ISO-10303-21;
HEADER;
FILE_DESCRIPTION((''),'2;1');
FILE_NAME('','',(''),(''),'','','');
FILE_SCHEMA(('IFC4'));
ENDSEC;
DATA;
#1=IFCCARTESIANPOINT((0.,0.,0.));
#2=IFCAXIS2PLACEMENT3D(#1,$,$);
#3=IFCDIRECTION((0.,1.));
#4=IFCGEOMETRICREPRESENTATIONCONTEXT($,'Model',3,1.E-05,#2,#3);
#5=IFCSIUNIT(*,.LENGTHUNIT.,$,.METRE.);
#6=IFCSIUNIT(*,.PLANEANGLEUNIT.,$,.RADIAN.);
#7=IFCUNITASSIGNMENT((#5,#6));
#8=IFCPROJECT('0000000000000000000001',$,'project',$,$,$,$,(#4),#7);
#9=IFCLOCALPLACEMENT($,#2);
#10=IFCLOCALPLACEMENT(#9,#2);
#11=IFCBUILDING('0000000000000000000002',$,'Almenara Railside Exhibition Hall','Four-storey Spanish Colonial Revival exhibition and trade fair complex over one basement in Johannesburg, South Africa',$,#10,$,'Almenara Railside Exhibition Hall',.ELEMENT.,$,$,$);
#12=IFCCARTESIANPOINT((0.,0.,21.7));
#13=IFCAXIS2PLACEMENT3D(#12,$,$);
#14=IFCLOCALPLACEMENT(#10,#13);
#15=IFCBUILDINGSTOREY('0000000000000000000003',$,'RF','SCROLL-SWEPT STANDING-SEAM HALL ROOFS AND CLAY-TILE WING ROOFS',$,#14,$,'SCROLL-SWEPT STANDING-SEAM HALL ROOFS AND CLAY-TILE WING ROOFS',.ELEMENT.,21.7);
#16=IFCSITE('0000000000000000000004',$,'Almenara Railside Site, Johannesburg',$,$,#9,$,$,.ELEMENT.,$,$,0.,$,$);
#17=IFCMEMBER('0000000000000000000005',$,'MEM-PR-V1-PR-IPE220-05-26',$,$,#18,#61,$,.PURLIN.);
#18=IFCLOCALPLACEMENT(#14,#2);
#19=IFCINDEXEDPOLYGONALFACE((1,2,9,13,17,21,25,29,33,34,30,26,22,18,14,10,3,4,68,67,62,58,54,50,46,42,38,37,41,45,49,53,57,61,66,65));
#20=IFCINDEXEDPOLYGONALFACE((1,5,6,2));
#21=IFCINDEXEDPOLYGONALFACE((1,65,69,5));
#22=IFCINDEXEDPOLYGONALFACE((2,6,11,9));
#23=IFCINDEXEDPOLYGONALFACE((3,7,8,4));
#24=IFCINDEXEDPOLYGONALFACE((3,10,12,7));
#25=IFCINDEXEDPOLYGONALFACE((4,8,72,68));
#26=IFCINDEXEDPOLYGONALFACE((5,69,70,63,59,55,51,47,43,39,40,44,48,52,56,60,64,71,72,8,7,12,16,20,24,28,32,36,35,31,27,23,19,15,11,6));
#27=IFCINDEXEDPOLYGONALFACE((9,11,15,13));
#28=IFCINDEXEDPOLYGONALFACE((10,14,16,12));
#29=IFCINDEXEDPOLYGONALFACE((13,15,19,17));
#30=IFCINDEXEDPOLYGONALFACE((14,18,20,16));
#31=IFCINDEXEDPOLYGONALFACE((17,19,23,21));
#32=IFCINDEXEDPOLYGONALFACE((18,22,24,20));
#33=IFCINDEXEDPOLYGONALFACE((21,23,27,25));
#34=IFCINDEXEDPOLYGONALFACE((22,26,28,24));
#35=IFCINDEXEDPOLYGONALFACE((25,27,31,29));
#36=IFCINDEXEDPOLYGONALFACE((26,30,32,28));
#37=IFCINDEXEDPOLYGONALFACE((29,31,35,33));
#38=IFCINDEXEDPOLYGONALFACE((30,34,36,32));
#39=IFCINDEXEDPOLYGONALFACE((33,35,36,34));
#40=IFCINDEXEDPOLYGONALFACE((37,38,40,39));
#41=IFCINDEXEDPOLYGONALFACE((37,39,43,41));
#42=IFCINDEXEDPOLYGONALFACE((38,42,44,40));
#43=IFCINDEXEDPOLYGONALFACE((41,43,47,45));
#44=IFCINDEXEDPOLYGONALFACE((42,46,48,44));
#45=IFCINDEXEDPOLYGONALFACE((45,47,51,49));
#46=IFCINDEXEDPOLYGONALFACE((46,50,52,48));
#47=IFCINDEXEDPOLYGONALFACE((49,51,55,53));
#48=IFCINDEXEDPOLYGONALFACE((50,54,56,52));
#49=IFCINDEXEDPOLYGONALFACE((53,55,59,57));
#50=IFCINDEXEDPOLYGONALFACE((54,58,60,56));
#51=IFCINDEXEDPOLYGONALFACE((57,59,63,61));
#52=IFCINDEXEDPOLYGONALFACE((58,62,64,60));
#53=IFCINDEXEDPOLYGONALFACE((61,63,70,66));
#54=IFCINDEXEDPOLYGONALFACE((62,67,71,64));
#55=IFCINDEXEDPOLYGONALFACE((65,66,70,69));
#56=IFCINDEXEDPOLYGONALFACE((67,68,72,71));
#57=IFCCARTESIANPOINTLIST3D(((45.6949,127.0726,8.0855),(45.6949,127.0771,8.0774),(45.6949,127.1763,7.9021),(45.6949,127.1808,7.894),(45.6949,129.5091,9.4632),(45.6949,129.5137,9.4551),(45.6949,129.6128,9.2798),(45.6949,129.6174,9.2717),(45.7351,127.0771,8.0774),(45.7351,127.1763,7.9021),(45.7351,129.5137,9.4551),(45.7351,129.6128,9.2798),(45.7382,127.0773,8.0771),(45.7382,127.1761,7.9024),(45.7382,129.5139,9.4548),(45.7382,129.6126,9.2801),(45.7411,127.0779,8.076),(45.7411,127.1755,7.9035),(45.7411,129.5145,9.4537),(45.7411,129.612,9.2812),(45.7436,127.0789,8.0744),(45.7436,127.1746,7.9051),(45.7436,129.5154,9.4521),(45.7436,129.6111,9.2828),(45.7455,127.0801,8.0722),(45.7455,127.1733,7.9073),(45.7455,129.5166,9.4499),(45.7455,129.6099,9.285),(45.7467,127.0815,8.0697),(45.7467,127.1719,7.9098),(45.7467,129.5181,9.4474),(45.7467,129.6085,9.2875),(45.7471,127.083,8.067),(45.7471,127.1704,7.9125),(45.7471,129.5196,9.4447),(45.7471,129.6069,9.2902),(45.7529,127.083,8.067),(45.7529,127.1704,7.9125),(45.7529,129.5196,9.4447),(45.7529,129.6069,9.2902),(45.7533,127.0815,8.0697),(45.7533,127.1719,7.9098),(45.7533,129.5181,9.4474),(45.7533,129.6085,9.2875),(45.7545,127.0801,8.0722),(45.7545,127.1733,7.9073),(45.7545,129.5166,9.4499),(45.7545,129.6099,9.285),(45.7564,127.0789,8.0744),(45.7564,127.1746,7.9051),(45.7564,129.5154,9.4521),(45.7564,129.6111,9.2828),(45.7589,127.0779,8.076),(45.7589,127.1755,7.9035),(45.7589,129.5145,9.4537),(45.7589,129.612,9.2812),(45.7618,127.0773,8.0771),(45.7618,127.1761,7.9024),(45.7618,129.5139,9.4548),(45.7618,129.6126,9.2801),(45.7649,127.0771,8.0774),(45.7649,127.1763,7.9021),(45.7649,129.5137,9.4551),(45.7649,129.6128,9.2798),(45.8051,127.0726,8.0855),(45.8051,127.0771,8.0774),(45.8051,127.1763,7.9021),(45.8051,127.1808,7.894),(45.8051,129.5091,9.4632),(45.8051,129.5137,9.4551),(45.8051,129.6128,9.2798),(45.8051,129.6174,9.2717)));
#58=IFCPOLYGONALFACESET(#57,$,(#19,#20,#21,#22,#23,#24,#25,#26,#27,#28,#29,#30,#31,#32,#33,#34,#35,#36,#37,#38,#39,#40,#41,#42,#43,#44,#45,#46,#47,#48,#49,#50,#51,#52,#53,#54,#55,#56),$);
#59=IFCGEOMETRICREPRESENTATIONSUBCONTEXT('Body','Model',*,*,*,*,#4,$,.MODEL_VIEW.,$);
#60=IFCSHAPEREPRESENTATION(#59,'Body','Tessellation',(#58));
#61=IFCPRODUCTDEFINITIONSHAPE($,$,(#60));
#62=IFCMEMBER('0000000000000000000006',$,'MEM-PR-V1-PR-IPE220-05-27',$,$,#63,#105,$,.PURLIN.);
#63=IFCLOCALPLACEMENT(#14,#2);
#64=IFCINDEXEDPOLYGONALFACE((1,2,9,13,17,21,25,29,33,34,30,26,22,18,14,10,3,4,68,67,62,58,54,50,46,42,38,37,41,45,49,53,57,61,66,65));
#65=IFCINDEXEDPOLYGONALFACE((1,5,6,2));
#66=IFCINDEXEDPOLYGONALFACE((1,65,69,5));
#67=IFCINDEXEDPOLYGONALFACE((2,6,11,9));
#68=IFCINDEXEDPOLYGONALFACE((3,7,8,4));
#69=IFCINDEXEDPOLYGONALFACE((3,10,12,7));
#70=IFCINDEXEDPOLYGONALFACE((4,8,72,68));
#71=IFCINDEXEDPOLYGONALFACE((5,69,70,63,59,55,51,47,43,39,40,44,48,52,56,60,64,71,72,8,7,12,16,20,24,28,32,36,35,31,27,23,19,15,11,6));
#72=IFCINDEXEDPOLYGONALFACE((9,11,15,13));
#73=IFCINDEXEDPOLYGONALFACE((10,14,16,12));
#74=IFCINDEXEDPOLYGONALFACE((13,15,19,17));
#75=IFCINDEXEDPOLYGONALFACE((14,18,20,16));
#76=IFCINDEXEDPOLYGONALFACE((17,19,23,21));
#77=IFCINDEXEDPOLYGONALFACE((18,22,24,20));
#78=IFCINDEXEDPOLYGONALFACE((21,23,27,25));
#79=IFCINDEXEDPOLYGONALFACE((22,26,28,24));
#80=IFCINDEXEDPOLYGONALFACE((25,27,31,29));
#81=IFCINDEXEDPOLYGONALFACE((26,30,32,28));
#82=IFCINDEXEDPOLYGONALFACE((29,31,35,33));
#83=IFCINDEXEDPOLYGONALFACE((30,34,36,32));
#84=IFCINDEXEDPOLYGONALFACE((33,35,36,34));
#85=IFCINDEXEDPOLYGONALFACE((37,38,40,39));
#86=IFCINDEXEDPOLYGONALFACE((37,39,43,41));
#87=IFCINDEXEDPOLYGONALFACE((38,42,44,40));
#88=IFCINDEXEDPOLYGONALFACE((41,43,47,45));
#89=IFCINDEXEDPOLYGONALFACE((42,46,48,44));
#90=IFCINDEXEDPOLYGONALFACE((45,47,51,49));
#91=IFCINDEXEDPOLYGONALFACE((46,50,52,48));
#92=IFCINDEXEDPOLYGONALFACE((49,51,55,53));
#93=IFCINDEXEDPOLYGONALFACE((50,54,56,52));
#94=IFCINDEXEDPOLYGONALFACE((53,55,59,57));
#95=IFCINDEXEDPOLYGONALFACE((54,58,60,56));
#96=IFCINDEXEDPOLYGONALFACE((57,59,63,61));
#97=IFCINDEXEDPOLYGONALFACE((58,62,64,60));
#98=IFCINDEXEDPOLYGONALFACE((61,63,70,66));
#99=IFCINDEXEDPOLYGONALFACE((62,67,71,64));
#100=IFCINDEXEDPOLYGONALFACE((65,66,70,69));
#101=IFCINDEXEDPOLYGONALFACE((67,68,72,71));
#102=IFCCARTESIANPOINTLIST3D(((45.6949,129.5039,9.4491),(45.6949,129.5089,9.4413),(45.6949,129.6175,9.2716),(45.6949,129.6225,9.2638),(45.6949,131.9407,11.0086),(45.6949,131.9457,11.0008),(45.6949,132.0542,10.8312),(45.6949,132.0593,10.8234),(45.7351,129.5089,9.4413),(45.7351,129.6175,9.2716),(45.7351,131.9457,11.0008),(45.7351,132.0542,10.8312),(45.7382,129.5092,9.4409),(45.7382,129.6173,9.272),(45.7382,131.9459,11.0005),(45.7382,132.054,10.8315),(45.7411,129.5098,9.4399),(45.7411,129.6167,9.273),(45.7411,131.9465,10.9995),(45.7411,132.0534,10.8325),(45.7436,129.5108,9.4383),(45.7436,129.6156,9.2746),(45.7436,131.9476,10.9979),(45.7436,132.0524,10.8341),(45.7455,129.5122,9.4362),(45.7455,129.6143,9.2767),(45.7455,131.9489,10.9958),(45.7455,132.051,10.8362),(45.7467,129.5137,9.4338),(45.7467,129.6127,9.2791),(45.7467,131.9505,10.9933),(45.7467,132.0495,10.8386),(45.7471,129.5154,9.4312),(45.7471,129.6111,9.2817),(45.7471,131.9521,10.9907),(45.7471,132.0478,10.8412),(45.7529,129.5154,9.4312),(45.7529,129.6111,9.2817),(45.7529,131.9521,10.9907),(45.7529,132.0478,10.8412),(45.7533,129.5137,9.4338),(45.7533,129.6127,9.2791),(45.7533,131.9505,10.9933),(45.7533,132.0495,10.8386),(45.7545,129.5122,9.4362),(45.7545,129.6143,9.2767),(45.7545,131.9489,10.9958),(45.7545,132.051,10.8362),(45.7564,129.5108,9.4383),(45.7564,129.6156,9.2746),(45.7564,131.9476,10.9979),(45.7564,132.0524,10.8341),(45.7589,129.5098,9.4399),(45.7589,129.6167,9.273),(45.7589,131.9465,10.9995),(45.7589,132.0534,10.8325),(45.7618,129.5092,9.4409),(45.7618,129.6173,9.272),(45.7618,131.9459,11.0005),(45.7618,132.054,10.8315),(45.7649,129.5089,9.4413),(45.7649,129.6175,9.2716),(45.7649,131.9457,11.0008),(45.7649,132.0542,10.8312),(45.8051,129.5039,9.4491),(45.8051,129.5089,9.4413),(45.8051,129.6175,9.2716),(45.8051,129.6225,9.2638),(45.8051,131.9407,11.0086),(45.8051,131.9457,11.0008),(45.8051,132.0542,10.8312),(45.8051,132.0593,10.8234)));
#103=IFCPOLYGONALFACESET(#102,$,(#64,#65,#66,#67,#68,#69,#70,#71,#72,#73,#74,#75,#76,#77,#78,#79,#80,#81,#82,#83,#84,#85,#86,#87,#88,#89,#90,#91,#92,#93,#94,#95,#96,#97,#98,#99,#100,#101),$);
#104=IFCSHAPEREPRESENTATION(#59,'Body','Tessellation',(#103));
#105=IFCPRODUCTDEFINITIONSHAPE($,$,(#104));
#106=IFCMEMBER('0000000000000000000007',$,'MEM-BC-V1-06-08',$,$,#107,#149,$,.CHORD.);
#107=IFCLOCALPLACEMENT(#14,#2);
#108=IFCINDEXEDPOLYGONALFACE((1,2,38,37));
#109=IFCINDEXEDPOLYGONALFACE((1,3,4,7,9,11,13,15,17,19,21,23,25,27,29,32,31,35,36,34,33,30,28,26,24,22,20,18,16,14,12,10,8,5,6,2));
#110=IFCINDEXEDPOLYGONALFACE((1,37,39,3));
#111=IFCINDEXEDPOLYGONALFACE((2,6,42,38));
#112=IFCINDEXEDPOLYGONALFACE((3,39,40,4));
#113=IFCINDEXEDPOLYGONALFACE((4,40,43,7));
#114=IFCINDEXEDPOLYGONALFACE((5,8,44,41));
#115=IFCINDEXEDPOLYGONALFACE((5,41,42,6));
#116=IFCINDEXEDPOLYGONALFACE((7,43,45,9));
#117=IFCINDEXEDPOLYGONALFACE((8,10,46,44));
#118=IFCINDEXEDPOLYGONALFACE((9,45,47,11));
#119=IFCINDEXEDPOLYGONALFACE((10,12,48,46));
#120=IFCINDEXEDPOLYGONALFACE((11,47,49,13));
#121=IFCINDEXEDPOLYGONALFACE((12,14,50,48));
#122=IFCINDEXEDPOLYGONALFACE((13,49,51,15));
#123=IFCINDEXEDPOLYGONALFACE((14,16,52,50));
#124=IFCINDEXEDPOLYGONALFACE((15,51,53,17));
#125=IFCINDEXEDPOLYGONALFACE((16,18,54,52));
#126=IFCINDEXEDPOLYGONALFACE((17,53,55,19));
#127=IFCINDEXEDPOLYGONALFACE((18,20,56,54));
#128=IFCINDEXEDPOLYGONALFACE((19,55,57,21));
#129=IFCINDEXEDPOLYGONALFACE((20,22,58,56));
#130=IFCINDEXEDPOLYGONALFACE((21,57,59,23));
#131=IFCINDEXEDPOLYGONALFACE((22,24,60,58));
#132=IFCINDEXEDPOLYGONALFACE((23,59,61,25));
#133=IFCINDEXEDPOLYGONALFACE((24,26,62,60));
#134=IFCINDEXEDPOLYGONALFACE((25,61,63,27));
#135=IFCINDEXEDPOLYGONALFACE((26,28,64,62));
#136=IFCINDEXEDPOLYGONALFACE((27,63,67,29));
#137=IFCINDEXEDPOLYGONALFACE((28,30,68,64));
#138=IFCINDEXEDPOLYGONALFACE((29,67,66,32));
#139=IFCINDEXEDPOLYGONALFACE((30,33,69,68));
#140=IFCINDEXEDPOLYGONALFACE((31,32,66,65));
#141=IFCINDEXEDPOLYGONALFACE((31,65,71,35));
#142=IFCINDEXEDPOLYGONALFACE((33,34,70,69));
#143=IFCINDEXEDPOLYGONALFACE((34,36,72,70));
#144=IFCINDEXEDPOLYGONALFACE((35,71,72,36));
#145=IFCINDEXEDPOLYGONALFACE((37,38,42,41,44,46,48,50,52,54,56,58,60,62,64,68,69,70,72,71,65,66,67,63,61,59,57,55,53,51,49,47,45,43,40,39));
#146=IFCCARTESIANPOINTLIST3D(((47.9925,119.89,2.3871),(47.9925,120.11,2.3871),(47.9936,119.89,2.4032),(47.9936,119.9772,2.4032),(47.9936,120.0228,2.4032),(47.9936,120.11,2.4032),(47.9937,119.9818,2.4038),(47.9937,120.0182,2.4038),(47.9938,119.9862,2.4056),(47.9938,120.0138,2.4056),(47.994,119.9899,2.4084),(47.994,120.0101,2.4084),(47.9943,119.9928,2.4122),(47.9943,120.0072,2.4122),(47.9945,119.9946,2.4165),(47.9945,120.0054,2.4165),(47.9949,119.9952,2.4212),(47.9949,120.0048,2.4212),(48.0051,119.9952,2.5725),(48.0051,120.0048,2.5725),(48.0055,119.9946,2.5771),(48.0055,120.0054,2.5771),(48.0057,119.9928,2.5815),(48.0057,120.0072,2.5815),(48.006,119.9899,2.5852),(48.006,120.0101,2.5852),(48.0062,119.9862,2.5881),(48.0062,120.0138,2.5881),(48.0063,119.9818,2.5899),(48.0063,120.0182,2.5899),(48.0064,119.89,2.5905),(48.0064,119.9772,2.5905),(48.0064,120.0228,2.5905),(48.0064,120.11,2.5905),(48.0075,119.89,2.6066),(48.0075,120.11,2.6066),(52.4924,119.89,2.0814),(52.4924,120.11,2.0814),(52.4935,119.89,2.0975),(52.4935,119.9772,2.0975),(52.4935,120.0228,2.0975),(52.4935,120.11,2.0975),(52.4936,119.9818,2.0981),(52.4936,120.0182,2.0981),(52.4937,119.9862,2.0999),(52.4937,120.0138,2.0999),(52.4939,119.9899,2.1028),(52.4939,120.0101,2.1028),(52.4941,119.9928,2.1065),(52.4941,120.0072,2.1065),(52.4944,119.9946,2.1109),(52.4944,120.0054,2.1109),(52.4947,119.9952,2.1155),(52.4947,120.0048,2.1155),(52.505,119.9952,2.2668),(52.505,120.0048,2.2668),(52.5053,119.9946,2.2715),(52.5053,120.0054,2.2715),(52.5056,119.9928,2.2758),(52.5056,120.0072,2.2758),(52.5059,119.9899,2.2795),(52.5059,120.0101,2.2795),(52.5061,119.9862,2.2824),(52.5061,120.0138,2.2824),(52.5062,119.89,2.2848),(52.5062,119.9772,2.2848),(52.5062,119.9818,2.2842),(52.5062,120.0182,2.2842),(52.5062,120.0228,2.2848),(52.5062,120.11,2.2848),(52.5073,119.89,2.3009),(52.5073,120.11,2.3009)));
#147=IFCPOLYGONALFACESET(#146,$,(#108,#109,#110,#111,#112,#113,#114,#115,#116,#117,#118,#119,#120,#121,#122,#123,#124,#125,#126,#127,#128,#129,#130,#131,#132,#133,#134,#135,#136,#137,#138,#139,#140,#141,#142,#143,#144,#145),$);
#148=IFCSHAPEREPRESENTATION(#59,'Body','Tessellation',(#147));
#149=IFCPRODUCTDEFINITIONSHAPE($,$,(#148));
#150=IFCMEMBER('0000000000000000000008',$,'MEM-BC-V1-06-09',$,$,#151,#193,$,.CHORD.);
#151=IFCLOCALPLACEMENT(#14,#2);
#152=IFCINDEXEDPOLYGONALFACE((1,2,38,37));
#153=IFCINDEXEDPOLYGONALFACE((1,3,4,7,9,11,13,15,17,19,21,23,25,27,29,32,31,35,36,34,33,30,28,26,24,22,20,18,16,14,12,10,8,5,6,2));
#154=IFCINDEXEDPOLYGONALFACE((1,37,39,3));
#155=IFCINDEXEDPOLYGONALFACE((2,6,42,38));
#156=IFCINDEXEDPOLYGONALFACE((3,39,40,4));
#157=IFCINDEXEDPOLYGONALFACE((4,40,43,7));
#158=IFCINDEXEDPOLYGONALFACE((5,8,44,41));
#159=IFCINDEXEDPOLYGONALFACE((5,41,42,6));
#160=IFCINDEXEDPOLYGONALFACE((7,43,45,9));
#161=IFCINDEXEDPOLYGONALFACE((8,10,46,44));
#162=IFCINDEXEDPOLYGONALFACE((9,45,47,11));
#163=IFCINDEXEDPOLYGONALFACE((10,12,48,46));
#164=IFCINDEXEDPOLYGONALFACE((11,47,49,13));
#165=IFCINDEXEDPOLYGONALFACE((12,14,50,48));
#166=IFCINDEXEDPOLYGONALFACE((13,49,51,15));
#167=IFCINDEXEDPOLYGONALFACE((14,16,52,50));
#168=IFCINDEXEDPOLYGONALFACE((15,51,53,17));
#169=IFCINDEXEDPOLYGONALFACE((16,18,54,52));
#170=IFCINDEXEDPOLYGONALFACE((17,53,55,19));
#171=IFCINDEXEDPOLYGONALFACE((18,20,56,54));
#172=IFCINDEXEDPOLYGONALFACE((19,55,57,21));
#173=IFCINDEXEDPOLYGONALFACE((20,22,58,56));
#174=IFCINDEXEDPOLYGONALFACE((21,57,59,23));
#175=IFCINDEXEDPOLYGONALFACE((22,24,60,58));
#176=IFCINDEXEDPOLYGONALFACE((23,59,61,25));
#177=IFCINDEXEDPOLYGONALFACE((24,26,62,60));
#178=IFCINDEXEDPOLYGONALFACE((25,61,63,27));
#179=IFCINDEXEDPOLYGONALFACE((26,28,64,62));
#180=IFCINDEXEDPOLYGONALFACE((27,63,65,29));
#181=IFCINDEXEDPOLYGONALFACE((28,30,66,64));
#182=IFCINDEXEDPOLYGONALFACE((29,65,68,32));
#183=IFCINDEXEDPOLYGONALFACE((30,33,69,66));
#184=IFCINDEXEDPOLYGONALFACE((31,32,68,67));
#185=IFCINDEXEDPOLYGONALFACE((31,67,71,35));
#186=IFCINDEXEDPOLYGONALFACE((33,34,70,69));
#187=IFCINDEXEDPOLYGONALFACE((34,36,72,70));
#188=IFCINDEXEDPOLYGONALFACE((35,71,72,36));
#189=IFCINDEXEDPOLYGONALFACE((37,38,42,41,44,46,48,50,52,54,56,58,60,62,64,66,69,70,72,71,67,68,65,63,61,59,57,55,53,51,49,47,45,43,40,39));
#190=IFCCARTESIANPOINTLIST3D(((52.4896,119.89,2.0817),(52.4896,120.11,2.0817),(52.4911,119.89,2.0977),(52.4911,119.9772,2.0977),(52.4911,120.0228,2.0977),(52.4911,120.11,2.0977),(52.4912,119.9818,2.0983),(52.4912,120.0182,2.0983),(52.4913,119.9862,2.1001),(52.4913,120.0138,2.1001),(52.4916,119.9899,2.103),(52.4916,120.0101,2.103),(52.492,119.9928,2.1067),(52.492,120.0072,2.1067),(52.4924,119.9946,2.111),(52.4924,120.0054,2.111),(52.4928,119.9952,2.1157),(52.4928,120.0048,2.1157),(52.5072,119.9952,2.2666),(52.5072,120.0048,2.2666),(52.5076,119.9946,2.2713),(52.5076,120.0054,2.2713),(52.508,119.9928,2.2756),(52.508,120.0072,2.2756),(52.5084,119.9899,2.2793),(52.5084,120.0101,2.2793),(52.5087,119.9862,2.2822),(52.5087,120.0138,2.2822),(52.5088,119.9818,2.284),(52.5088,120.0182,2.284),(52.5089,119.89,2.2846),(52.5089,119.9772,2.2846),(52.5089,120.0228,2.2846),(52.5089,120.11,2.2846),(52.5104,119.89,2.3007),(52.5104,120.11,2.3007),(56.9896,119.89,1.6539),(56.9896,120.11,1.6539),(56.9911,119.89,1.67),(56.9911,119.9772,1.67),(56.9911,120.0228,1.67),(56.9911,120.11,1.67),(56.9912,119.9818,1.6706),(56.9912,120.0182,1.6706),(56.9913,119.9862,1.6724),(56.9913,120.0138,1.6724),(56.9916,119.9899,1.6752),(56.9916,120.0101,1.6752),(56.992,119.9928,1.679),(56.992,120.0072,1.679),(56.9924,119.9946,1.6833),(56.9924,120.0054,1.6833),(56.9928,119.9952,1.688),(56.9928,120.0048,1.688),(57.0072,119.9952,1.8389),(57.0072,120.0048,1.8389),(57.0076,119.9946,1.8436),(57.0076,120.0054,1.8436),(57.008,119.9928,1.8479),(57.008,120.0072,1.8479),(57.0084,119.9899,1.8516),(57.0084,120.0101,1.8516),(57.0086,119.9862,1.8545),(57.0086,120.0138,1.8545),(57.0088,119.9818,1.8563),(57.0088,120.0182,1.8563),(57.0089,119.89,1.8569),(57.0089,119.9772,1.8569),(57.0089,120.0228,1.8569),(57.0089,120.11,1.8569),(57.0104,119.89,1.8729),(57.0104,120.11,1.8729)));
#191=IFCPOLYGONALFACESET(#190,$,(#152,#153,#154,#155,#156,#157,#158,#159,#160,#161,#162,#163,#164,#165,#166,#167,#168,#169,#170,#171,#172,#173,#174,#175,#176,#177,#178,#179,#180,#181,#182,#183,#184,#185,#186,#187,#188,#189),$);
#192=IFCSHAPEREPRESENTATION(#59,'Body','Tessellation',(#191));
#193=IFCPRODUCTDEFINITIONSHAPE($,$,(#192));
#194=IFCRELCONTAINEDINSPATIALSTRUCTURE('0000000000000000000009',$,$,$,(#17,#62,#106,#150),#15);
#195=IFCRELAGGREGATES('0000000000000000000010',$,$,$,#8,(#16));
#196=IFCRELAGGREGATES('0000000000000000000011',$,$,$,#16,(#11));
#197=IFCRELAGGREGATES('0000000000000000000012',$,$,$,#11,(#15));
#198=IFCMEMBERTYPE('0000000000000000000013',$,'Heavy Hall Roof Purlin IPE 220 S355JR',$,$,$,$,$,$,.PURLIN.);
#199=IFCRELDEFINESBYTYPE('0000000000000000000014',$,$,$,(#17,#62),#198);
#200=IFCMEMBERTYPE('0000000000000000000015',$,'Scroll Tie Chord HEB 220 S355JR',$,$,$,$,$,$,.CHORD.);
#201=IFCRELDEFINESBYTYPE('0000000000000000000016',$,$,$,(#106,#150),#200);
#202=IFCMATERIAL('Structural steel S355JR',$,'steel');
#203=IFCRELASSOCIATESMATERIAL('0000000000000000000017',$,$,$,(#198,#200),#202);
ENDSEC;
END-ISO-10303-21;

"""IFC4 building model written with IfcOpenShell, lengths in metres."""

from ifc_helpers import new_model, si_unit, direction, frame, origin, origin_2d, place, context, subcontext, project, spatial, i_section, extrude, material, material_profile, profile_set, type_object, element, save


model = new_model("IFC4")

# Units and contexts
model_context = context("Model", 3, precision=1e-05, world=origin(), true_north=direction((0.0, 1.0)))
body_context = subcontext(model_context, "Body", "Model", "MODEL_VIEW")
ifc_project = project(units=[si_unit("LENGTHUNIT", "METRE"), si_unit("PLANEANGLEUNIT", "RADIAN")], contexts=[model_context])

# Site, building, storey
site_placement = place(None, origin())
site = spatial("IfcSite", under=ifc_project, at=site_placement, Name="Almenara Railside Site, Johannesburg", CompositionType="ELEMENT", RefElevation=0.0)
building_placement = place(site_placement, origin())
building = spatial("IfcBuilding", under=site, at=building_placement, Name="Almenara Railside Exhibition Hall", Description="Four-storey Spanish Colonial Revival exhibition and trade fair complex over one basement in Johannesburg, South Africa", LongName="Almenara Railside Exhibition Hall", CompositionType="ELEMENT")
storey_placement = place(building_placement, frame((0.0, 0.0, 21.7)))
storey = spatial("IfcBuildingStorey", under=building, at=storey_placement, Name="RF", Description="SCROLL-SWEPT STANDING-SEAM HALL ROOFS AND CLAY-TILE WING ROOFS", LongName="SCROLL-SWEPT STANDING-SEAM HALL ROOFS AND CLAY-TILE WING ROOFS", CompositionType="ELEMENT", Elevation=21.7)

# Shared definitions
ifc_material_1 = material(Name="Structural steel S355JR", Category="steel")

# Members
ifc_material_profile_1 = material_profile(ifc_material_1, i_section(OverallWidth=0.1101, OverallDepth=0.22, WebThickness=0.0059, FlangeThickness=0.0093, FilletRadius=0.012, at=origin_2d()), Name="IPE 220")
ifc_profile_set_1 = profile_set([ifc_material_profile_1], Name="Structural steel S355JR")
member_type_1 = type_object("IfcMemberType", Name="Heavy Hall Roof Purlin IPE 220 S355JR", PredefinedType="PURLIN", material=ifc_profile_set_1)
member_1_placement = place(storey_placement, frame((45.75, 127.1267, 7.9897), z_axis=(0.0, 0.870483, 0.492198), x_axis=(-1.0, 0.0, 0.0)))
element("IfcMember", 1, at=member_1_placement, inside=storey, type_object=member_type_1, Name="MEM-PR-V1-PR-IPE220-05-26", PredefinedType="PURLIN", context=body_context, shape_type="SweptSolid", body=[
    extrude(i_section(OverallWidth=0.1101, OverallDepth=0.22, WebThickness=0.0059, FlangeThickness=0.0093, FilletRadius=0.012, at=origin_2d()), origin(), (0.0, 0.0, 1.0), 2.7991),
])
member_2_placement = place(storey_placement, frame((45.75, 129.5632, 9.3564), z_axis=(0.0, 0.842265, 0.539063), x_axis=(-1.0, 0.0, 0.0)))
element("IfcMember", 2, at=member_2_placement, inside=storey, type_object=member_type_1, Name="MEM-PR-V1-PR-IPE220-05-27", PredefinedType="PURLIN", context=body_context, shape_type="SweptSolid", body=[
    extrude(i_section(OverallWidth=0.1101, OverallDepth=0.22, WebThickness=0.0059, FlangeThickness=0.0093, FilletRadius=0.012, at=origin_2d()), origin(), (0.0, 0.0, 1.0), 2.8931),
])
ifc_material_profile_2 = material_profile(ifc_material_1, i_section(OverallWidth=0.22, OverallDepth=0.22, WebThickness=0.0095, FlangeThickness=0.0161, FilletRadius=0.0181, at=origin_2d()), Name="HEB 220")
ifc_profile_set_2 = profile_set([ifc_material_profile_2], Name="Structural steel S355JR")
member_type_2 = type_object("IfcMemberType", Name="Scroll Tie Chord HEB 220 S355JR", PredefinedType="CHORD", material=ifc_profile_set_2)
member_3_placement = place(storey_placement, frame((48.0, 120.0, 2.4968), z_axis=(0.997701, 0.0, -0.067769), x_axis=(0.0, 1.0, 0.0)))
element("IfcMember", 3, at=member_3_placement, inside=storey, type_object=member_type_2, Name="MEM-BC-V1-06-08", PredefinedType="CHORD", context=body_context, shape_type="SweptSolid", body=[
    extrude(i_section(OverallWidth=0.22, OverallDepth=0.22, WebThickness=0.0095, FlangeThickness=0.0161, FilletRadius=0.0181, at=origin_2d()), origin(), (0.0, 0.0, 1.0), 4.5103),
])
member_4_placement = place(storey_placement, frame((52.5, 120.0, 2.1912), z_axis=(0.995513, 0.0, -0.094626), x_axis=(0.0, 1.0, 0.0)))
element("IfcMember", 4, at=member_4_placement, inside=storey, type_object=member_type_2, Name="MEM-BC-V1-06-09", PredefinedType="CHORD", context=body_context, shape_type="SweptSolid", body=[
    extrude(i_section(OverallWidth=0.22, OverallDepth=0.22, WebThickness=0.0095, FlangeThickness=0.0161, FilletRadius=0.0181, at=origin_2d()), origin(), (0.0, 0.0, 1.0), 4.5203),
])

save(model, "model.ifc")
